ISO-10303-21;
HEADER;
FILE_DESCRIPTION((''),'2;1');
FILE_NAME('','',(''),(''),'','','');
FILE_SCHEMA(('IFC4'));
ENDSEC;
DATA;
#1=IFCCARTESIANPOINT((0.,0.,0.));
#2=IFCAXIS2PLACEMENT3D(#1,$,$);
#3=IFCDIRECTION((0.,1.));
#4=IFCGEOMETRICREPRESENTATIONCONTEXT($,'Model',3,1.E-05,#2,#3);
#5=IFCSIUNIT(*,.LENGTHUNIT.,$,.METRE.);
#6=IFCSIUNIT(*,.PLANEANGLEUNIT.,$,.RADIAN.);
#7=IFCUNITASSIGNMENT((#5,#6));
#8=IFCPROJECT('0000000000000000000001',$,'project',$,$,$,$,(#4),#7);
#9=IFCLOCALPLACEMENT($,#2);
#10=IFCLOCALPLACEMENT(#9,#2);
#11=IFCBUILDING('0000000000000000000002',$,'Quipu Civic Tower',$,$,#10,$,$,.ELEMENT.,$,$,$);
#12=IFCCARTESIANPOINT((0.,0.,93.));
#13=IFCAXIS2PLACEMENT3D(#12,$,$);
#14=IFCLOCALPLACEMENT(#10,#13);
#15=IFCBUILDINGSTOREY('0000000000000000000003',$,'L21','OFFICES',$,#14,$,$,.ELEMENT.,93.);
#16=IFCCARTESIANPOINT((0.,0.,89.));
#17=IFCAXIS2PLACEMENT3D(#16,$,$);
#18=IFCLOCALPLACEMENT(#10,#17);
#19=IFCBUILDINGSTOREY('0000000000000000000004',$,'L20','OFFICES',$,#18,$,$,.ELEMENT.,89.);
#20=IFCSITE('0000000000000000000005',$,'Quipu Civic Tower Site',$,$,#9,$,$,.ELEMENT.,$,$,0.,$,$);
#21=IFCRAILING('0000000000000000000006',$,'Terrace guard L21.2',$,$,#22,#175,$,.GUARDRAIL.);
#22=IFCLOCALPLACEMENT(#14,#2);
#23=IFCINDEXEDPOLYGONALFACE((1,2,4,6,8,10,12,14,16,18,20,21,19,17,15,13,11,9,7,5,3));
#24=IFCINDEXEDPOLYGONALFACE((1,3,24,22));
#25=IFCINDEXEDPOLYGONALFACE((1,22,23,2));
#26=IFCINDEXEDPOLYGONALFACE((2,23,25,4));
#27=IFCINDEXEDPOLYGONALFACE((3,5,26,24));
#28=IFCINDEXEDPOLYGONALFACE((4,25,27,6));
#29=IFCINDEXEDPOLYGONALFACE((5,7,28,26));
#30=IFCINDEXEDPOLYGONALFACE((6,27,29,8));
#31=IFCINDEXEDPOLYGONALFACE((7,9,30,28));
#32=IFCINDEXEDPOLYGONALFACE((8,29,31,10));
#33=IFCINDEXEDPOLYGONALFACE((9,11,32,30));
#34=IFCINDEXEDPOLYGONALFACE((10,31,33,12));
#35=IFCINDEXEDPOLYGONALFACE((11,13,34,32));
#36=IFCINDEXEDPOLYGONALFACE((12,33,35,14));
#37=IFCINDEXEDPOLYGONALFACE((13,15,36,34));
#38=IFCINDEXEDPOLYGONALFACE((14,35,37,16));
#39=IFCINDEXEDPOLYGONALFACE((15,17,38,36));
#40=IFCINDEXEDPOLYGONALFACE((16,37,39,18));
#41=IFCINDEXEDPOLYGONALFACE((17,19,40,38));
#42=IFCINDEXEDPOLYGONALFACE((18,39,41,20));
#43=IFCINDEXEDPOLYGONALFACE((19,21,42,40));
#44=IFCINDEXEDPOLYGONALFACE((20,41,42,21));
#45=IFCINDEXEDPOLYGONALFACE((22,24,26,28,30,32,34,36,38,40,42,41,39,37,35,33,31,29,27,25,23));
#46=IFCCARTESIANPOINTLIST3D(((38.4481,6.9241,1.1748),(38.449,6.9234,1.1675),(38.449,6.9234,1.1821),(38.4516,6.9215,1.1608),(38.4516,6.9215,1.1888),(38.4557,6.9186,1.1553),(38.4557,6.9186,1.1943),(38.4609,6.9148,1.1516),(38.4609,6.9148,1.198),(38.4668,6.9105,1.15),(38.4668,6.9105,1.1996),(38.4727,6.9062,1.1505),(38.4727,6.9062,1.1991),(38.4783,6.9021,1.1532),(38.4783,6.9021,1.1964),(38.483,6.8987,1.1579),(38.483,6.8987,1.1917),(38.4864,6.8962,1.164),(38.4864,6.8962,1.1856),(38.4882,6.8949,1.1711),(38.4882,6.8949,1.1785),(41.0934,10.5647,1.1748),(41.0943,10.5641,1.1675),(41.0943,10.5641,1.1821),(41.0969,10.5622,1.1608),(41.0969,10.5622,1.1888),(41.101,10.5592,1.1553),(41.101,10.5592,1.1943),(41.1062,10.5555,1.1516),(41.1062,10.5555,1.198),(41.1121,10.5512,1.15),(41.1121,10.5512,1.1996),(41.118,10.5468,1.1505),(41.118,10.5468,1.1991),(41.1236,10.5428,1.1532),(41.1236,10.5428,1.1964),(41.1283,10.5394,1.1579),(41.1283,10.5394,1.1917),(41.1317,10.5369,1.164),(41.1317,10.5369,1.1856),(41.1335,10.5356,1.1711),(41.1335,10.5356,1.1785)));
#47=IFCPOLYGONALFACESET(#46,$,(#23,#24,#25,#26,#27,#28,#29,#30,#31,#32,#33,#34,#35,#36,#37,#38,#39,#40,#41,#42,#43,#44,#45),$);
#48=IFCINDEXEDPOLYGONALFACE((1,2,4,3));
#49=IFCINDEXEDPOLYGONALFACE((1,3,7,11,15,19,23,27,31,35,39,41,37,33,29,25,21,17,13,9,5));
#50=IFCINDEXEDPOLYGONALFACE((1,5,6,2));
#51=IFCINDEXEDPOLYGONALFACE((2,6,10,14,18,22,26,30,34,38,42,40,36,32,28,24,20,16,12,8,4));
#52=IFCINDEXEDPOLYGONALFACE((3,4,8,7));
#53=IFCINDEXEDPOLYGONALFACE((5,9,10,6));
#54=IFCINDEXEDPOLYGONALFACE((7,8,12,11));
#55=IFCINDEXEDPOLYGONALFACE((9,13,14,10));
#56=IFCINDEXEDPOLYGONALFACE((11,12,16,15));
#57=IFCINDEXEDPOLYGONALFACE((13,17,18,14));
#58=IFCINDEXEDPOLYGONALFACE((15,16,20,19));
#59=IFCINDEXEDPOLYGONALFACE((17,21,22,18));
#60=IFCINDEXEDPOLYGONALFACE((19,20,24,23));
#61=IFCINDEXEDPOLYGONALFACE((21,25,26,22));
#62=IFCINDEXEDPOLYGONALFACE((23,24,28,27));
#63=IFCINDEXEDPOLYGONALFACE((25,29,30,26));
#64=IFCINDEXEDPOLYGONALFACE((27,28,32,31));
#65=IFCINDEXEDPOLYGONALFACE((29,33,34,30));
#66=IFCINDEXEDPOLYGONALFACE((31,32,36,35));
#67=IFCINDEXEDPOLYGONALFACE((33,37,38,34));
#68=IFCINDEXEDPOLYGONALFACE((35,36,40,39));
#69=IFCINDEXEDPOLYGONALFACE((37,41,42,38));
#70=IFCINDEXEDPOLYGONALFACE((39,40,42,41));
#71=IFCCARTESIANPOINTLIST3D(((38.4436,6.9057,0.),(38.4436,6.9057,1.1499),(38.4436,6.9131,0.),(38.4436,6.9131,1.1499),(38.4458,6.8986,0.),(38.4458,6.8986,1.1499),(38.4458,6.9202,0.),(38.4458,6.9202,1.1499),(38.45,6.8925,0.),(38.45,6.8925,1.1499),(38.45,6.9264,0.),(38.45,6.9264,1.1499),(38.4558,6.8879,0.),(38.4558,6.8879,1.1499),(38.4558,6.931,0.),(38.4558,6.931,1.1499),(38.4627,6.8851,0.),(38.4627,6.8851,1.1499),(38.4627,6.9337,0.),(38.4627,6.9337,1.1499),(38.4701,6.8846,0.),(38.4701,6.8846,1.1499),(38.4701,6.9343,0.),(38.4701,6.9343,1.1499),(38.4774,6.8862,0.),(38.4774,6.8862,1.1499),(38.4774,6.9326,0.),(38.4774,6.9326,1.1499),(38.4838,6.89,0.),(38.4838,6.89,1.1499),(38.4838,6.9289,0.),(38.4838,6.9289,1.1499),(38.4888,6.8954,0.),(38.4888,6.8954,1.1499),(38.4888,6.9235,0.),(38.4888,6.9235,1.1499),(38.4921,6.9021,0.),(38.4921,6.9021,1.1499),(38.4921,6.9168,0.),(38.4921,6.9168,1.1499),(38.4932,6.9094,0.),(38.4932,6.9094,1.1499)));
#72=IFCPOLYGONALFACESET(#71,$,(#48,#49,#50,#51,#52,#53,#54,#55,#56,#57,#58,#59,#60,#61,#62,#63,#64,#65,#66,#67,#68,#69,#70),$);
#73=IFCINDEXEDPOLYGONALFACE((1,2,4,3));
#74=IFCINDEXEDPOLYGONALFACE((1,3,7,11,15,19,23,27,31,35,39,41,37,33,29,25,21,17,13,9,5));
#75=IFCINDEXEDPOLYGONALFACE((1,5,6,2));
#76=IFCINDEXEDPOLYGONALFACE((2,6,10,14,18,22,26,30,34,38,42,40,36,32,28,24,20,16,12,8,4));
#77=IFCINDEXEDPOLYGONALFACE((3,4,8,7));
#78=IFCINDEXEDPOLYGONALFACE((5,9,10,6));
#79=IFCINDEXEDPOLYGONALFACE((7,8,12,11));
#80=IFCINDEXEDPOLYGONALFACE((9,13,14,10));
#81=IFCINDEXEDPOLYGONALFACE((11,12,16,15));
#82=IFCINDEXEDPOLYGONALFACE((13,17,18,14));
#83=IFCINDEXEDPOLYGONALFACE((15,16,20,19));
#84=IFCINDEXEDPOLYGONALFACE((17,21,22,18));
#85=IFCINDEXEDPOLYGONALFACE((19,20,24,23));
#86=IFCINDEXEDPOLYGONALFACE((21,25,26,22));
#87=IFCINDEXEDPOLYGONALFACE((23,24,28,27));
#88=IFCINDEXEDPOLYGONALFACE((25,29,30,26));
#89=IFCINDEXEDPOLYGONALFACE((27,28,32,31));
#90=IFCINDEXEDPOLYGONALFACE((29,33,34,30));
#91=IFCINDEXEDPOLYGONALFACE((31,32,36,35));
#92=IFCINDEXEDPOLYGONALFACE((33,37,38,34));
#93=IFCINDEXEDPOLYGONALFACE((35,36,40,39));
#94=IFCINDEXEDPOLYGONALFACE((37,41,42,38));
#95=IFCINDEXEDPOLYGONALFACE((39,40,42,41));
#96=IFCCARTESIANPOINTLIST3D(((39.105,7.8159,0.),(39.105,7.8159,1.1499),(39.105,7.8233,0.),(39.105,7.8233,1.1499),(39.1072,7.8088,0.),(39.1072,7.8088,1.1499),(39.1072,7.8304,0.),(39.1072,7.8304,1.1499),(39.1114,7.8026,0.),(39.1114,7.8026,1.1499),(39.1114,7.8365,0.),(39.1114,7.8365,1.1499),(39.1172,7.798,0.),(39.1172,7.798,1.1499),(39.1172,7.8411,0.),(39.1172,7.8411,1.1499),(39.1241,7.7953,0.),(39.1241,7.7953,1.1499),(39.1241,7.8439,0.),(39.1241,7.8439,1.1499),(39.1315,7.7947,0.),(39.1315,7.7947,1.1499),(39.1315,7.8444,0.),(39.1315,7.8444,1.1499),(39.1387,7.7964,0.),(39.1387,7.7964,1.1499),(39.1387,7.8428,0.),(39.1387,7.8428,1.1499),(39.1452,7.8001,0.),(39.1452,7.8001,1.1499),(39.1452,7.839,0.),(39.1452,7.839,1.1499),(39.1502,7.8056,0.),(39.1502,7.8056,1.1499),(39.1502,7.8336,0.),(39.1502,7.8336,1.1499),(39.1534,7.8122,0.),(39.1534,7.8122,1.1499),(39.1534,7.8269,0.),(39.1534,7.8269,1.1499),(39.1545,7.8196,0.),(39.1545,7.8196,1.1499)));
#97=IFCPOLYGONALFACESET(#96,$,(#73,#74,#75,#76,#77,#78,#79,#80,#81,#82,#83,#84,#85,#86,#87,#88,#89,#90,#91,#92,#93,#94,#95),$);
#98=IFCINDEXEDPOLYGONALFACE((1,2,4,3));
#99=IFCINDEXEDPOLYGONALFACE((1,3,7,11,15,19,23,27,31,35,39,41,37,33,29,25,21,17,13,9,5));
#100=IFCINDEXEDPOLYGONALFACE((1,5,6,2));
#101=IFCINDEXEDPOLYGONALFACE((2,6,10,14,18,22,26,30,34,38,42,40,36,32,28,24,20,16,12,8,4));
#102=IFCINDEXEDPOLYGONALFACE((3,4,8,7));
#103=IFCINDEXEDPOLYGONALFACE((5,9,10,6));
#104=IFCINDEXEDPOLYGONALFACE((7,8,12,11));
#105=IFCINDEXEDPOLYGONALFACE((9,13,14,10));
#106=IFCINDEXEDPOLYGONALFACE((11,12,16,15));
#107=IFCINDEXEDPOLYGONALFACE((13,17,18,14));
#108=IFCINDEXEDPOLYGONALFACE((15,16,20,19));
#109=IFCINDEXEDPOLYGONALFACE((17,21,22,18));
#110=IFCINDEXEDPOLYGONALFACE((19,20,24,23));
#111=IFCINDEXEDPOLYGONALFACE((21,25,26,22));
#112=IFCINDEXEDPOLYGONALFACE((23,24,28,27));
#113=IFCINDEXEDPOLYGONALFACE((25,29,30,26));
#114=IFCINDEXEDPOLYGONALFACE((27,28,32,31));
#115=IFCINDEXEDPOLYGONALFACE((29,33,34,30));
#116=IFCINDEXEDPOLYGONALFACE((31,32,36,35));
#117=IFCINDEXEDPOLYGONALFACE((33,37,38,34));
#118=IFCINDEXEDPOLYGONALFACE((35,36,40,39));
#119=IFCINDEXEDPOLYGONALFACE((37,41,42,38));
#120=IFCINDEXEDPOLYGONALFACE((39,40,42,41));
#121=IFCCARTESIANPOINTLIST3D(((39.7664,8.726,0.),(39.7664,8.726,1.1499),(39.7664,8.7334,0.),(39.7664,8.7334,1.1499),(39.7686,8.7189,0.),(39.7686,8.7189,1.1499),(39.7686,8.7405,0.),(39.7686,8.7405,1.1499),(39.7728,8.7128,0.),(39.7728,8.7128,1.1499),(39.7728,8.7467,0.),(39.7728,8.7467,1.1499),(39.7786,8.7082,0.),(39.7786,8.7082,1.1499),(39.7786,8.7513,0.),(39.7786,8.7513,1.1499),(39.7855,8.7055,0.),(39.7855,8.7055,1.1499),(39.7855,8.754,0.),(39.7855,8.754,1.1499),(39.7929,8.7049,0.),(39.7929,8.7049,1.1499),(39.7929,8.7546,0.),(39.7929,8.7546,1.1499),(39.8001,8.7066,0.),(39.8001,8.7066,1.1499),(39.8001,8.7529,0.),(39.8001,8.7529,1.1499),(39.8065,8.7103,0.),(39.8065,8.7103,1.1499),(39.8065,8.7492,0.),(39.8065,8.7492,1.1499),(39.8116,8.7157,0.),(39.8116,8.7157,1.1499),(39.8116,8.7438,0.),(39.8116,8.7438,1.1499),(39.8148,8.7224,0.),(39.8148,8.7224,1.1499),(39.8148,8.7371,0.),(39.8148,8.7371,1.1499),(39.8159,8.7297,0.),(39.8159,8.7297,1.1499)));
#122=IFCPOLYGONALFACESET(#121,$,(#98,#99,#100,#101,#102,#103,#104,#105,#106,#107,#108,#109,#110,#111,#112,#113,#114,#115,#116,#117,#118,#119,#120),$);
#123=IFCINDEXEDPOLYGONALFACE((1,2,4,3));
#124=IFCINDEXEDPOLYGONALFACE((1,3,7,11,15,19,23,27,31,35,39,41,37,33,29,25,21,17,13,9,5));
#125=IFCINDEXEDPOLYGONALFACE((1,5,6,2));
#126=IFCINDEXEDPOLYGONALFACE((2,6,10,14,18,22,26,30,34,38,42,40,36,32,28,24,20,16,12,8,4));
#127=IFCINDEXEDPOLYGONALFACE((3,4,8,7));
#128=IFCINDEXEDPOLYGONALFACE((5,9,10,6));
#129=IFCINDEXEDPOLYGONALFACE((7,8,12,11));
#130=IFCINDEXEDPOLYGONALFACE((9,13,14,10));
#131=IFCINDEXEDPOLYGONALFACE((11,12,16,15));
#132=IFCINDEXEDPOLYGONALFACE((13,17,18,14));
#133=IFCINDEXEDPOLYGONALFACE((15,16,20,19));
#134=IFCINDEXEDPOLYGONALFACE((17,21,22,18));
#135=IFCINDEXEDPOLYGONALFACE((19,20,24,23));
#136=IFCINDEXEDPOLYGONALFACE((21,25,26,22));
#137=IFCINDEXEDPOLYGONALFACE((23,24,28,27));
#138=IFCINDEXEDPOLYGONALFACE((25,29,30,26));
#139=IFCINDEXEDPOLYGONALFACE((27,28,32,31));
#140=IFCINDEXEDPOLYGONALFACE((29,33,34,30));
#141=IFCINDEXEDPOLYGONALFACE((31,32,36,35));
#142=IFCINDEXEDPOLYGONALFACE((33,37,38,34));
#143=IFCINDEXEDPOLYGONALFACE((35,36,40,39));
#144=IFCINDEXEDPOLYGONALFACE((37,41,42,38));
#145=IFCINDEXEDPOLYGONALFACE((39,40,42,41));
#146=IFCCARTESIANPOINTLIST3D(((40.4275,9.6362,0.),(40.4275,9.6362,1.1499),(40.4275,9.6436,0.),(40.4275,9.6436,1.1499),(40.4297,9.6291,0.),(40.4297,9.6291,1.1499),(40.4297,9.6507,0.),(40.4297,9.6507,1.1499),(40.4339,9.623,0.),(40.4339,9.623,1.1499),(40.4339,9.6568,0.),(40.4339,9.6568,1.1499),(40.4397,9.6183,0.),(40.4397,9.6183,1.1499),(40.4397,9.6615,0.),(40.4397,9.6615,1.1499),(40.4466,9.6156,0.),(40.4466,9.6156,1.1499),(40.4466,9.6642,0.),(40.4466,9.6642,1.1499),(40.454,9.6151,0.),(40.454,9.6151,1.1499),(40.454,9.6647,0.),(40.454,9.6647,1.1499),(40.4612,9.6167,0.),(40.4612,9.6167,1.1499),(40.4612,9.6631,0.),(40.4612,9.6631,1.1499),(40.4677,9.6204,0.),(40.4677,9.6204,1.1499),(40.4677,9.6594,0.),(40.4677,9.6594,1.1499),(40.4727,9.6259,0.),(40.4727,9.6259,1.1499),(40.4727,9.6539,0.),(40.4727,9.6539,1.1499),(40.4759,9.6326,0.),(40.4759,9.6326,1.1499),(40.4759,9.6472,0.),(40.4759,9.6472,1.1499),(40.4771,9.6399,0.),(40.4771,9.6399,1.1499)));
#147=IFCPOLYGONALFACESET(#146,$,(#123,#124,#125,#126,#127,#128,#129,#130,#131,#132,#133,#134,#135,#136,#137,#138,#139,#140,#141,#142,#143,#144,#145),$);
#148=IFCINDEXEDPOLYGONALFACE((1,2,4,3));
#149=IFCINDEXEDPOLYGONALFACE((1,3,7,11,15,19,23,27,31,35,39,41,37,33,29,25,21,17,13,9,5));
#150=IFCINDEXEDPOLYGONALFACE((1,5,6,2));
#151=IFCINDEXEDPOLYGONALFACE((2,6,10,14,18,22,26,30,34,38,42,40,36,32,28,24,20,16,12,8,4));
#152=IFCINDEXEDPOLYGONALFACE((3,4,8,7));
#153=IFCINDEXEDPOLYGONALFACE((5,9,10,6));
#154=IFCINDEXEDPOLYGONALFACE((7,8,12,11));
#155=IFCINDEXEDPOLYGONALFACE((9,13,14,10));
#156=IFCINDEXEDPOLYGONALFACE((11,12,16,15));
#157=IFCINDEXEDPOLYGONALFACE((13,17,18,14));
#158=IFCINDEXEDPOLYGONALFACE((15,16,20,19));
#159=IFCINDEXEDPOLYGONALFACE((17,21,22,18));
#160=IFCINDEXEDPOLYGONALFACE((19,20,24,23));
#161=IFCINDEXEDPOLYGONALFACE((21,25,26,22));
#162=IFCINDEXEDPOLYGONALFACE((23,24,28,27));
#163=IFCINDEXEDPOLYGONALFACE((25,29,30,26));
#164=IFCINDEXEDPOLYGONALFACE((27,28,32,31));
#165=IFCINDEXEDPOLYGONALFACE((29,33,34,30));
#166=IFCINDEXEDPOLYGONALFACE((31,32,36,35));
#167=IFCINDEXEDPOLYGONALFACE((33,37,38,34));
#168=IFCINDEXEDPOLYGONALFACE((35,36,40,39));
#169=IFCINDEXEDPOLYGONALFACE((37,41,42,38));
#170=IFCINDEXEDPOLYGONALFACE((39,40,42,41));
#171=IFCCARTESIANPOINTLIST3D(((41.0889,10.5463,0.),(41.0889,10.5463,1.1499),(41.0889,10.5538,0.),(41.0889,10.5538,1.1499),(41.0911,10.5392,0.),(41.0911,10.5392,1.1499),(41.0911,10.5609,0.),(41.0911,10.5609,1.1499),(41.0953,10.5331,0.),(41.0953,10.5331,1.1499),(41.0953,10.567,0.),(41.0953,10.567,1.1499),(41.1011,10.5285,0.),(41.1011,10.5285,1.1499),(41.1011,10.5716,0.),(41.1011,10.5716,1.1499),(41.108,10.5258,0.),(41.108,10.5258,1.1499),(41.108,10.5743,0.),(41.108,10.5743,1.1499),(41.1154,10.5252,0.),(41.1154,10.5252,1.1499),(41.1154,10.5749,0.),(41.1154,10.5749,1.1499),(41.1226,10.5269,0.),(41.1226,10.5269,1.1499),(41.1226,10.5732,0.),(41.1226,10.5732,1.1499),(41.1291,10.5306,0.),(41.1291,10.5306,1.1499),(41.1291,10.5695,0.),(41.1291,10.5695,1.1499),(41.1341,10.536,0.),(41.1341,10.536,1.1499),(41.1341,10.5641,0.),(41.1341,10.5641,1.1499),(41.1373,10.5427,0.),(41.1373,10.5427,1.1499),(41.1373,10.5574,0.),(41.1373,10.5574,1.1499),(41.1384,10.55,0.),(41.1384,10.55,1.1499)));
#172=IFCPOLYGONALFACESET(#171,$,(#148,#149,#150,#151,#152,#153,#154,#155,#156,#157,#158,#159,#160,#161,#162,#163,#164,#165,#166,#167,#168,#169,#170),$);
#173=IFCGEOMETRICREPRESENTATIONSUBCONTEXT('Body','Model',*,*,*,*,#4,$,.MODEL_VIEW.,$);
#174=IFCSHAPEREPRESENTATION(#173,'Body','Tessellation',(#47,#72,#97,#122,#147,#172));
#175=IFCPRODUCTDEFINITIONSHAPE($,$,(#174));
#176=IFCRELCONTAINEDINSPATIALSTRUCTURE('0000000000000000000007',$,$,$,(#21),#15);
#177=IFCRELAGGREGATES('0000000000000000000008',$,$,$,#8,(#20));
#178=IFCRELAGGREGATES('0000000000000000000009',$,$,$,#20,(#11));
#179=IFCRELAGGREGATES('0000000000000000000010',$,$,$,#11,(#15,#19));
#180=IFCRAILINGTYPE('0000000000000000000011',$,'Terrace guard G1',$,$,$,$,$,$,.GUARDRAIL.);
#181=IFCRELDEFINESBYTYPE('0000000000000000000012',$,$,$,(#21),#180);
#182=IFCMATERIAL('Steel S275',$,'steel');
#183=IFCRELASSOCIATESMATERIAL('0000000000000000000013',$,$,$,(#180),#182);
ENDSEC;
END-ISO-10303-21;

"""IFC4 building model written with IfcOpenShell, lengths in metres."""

from ifc_helpers import new_model, si_unit, direction, frame, origin, origin_2d, place, context, subcontext, project, spatial, circle, extrude, material, type_object, element, save


model = new_model("IFC4")

# Units and contexts
model_context = context("Model", 3, precision=1e-05, world=origin(), true_north=direction((0.0, 1.0)))
body_context = subcontext(model_context, "Body", "Model", "MODEL_VIEW")
ifc_project = project(units=[si_unit("LENGTHUNIT", "METRE"), si_unit("PLANEANGLEUNIT", "RADIAN")], contexts=[model_context])

# Site, building, storey
site_placement = place(None, origin())
site = spatial("IfcSite", under=ifc_project, at=site_placement, Name="Quipu Civic Tower Site", CompositionType="ELEMENT", RefElevation=0.0)
building_placement = place(site_placement, origin())
building = spatial("IfcBuilding", under=site, at=building_placement, Name="Quipu Civic Tower", CompositionType="ELEMENT")
storey_1_placement = place(building_placement, frame((0.0, 0.0, 93.0)))
storey_1 = spatial("IfcBuildingStorey", under=building, at=storey_1_placement, Name="L21", Description="OFFICES", CompositionType="ELEMENT", Elevation=93.0)

# Shared definitions
storey_2_placement = place(building_placement, frame((0.0, 0.0, 89.0)))
storey_2 = spatial("IfcBuildingStorey", under=building, at=storey_2_placement, Name="L20", Description="OFFICES", CompositionType="ELEMENT", Elevation=89.0)

# Railing
ifc_material_1 = material(Name="Steel S275", Category="steel")
railing_type = type_object("IfcRailingType", Name="Terrace guard G1", PredefinedType="GUARDRAIL", material=ifc_material_1)
railing_1_placement = place(storey_1_placement, frame((38.4683, 6.9094, 0.0)))
element("IfcRailing", 1, at=railing_1_placement, inside=storey_1, type_object=railing_type, Name="Terrace guard L21.2", PredefinedType="GUARDRAIL", context=body_context, shape_type="SweptSolid", body=[
    extrude(circle(Radius=0.0249, at=origin_2d()), frame((0.0, 0.0, 1.1748), z_axis=(0.587814, 0.808996, 0.0), x_axis=(-0.808996, 0.587814, 0.0)), (0.0, 0.0, 1.0), 4.5002),
    extrude(circle(Radius=0.0249, at=origin_2d()), origin(), (0.0, 0.0, 1.0), 1.1499),
    extrude(circle(Radius=0.0249, at=origin_2d()), frame((0.6614, 0.9102, 0.0)), (0.0, 0.0, 1.0), 1.1499),
    extrude(circle(Radius=0.0249, at=origin_2d()), frame((1.3228, 1.8203, 0.0)), (0.0, 0.0, 1.0), 1.1499),
    extrude(circle(Radius=0.0249, at=origin_2d()), frame((1.9839, 2.7305, 0.0)), (0.0, 0.0, 1.0), 1.1499),
    extrude(circle(Radius=0.0249, at=origin_2d()), frame((2.6453, 3.6406, 0.0)), (0.0, 0.0, 1.0), 1.1499),
])

save(model, "model.ifc")
